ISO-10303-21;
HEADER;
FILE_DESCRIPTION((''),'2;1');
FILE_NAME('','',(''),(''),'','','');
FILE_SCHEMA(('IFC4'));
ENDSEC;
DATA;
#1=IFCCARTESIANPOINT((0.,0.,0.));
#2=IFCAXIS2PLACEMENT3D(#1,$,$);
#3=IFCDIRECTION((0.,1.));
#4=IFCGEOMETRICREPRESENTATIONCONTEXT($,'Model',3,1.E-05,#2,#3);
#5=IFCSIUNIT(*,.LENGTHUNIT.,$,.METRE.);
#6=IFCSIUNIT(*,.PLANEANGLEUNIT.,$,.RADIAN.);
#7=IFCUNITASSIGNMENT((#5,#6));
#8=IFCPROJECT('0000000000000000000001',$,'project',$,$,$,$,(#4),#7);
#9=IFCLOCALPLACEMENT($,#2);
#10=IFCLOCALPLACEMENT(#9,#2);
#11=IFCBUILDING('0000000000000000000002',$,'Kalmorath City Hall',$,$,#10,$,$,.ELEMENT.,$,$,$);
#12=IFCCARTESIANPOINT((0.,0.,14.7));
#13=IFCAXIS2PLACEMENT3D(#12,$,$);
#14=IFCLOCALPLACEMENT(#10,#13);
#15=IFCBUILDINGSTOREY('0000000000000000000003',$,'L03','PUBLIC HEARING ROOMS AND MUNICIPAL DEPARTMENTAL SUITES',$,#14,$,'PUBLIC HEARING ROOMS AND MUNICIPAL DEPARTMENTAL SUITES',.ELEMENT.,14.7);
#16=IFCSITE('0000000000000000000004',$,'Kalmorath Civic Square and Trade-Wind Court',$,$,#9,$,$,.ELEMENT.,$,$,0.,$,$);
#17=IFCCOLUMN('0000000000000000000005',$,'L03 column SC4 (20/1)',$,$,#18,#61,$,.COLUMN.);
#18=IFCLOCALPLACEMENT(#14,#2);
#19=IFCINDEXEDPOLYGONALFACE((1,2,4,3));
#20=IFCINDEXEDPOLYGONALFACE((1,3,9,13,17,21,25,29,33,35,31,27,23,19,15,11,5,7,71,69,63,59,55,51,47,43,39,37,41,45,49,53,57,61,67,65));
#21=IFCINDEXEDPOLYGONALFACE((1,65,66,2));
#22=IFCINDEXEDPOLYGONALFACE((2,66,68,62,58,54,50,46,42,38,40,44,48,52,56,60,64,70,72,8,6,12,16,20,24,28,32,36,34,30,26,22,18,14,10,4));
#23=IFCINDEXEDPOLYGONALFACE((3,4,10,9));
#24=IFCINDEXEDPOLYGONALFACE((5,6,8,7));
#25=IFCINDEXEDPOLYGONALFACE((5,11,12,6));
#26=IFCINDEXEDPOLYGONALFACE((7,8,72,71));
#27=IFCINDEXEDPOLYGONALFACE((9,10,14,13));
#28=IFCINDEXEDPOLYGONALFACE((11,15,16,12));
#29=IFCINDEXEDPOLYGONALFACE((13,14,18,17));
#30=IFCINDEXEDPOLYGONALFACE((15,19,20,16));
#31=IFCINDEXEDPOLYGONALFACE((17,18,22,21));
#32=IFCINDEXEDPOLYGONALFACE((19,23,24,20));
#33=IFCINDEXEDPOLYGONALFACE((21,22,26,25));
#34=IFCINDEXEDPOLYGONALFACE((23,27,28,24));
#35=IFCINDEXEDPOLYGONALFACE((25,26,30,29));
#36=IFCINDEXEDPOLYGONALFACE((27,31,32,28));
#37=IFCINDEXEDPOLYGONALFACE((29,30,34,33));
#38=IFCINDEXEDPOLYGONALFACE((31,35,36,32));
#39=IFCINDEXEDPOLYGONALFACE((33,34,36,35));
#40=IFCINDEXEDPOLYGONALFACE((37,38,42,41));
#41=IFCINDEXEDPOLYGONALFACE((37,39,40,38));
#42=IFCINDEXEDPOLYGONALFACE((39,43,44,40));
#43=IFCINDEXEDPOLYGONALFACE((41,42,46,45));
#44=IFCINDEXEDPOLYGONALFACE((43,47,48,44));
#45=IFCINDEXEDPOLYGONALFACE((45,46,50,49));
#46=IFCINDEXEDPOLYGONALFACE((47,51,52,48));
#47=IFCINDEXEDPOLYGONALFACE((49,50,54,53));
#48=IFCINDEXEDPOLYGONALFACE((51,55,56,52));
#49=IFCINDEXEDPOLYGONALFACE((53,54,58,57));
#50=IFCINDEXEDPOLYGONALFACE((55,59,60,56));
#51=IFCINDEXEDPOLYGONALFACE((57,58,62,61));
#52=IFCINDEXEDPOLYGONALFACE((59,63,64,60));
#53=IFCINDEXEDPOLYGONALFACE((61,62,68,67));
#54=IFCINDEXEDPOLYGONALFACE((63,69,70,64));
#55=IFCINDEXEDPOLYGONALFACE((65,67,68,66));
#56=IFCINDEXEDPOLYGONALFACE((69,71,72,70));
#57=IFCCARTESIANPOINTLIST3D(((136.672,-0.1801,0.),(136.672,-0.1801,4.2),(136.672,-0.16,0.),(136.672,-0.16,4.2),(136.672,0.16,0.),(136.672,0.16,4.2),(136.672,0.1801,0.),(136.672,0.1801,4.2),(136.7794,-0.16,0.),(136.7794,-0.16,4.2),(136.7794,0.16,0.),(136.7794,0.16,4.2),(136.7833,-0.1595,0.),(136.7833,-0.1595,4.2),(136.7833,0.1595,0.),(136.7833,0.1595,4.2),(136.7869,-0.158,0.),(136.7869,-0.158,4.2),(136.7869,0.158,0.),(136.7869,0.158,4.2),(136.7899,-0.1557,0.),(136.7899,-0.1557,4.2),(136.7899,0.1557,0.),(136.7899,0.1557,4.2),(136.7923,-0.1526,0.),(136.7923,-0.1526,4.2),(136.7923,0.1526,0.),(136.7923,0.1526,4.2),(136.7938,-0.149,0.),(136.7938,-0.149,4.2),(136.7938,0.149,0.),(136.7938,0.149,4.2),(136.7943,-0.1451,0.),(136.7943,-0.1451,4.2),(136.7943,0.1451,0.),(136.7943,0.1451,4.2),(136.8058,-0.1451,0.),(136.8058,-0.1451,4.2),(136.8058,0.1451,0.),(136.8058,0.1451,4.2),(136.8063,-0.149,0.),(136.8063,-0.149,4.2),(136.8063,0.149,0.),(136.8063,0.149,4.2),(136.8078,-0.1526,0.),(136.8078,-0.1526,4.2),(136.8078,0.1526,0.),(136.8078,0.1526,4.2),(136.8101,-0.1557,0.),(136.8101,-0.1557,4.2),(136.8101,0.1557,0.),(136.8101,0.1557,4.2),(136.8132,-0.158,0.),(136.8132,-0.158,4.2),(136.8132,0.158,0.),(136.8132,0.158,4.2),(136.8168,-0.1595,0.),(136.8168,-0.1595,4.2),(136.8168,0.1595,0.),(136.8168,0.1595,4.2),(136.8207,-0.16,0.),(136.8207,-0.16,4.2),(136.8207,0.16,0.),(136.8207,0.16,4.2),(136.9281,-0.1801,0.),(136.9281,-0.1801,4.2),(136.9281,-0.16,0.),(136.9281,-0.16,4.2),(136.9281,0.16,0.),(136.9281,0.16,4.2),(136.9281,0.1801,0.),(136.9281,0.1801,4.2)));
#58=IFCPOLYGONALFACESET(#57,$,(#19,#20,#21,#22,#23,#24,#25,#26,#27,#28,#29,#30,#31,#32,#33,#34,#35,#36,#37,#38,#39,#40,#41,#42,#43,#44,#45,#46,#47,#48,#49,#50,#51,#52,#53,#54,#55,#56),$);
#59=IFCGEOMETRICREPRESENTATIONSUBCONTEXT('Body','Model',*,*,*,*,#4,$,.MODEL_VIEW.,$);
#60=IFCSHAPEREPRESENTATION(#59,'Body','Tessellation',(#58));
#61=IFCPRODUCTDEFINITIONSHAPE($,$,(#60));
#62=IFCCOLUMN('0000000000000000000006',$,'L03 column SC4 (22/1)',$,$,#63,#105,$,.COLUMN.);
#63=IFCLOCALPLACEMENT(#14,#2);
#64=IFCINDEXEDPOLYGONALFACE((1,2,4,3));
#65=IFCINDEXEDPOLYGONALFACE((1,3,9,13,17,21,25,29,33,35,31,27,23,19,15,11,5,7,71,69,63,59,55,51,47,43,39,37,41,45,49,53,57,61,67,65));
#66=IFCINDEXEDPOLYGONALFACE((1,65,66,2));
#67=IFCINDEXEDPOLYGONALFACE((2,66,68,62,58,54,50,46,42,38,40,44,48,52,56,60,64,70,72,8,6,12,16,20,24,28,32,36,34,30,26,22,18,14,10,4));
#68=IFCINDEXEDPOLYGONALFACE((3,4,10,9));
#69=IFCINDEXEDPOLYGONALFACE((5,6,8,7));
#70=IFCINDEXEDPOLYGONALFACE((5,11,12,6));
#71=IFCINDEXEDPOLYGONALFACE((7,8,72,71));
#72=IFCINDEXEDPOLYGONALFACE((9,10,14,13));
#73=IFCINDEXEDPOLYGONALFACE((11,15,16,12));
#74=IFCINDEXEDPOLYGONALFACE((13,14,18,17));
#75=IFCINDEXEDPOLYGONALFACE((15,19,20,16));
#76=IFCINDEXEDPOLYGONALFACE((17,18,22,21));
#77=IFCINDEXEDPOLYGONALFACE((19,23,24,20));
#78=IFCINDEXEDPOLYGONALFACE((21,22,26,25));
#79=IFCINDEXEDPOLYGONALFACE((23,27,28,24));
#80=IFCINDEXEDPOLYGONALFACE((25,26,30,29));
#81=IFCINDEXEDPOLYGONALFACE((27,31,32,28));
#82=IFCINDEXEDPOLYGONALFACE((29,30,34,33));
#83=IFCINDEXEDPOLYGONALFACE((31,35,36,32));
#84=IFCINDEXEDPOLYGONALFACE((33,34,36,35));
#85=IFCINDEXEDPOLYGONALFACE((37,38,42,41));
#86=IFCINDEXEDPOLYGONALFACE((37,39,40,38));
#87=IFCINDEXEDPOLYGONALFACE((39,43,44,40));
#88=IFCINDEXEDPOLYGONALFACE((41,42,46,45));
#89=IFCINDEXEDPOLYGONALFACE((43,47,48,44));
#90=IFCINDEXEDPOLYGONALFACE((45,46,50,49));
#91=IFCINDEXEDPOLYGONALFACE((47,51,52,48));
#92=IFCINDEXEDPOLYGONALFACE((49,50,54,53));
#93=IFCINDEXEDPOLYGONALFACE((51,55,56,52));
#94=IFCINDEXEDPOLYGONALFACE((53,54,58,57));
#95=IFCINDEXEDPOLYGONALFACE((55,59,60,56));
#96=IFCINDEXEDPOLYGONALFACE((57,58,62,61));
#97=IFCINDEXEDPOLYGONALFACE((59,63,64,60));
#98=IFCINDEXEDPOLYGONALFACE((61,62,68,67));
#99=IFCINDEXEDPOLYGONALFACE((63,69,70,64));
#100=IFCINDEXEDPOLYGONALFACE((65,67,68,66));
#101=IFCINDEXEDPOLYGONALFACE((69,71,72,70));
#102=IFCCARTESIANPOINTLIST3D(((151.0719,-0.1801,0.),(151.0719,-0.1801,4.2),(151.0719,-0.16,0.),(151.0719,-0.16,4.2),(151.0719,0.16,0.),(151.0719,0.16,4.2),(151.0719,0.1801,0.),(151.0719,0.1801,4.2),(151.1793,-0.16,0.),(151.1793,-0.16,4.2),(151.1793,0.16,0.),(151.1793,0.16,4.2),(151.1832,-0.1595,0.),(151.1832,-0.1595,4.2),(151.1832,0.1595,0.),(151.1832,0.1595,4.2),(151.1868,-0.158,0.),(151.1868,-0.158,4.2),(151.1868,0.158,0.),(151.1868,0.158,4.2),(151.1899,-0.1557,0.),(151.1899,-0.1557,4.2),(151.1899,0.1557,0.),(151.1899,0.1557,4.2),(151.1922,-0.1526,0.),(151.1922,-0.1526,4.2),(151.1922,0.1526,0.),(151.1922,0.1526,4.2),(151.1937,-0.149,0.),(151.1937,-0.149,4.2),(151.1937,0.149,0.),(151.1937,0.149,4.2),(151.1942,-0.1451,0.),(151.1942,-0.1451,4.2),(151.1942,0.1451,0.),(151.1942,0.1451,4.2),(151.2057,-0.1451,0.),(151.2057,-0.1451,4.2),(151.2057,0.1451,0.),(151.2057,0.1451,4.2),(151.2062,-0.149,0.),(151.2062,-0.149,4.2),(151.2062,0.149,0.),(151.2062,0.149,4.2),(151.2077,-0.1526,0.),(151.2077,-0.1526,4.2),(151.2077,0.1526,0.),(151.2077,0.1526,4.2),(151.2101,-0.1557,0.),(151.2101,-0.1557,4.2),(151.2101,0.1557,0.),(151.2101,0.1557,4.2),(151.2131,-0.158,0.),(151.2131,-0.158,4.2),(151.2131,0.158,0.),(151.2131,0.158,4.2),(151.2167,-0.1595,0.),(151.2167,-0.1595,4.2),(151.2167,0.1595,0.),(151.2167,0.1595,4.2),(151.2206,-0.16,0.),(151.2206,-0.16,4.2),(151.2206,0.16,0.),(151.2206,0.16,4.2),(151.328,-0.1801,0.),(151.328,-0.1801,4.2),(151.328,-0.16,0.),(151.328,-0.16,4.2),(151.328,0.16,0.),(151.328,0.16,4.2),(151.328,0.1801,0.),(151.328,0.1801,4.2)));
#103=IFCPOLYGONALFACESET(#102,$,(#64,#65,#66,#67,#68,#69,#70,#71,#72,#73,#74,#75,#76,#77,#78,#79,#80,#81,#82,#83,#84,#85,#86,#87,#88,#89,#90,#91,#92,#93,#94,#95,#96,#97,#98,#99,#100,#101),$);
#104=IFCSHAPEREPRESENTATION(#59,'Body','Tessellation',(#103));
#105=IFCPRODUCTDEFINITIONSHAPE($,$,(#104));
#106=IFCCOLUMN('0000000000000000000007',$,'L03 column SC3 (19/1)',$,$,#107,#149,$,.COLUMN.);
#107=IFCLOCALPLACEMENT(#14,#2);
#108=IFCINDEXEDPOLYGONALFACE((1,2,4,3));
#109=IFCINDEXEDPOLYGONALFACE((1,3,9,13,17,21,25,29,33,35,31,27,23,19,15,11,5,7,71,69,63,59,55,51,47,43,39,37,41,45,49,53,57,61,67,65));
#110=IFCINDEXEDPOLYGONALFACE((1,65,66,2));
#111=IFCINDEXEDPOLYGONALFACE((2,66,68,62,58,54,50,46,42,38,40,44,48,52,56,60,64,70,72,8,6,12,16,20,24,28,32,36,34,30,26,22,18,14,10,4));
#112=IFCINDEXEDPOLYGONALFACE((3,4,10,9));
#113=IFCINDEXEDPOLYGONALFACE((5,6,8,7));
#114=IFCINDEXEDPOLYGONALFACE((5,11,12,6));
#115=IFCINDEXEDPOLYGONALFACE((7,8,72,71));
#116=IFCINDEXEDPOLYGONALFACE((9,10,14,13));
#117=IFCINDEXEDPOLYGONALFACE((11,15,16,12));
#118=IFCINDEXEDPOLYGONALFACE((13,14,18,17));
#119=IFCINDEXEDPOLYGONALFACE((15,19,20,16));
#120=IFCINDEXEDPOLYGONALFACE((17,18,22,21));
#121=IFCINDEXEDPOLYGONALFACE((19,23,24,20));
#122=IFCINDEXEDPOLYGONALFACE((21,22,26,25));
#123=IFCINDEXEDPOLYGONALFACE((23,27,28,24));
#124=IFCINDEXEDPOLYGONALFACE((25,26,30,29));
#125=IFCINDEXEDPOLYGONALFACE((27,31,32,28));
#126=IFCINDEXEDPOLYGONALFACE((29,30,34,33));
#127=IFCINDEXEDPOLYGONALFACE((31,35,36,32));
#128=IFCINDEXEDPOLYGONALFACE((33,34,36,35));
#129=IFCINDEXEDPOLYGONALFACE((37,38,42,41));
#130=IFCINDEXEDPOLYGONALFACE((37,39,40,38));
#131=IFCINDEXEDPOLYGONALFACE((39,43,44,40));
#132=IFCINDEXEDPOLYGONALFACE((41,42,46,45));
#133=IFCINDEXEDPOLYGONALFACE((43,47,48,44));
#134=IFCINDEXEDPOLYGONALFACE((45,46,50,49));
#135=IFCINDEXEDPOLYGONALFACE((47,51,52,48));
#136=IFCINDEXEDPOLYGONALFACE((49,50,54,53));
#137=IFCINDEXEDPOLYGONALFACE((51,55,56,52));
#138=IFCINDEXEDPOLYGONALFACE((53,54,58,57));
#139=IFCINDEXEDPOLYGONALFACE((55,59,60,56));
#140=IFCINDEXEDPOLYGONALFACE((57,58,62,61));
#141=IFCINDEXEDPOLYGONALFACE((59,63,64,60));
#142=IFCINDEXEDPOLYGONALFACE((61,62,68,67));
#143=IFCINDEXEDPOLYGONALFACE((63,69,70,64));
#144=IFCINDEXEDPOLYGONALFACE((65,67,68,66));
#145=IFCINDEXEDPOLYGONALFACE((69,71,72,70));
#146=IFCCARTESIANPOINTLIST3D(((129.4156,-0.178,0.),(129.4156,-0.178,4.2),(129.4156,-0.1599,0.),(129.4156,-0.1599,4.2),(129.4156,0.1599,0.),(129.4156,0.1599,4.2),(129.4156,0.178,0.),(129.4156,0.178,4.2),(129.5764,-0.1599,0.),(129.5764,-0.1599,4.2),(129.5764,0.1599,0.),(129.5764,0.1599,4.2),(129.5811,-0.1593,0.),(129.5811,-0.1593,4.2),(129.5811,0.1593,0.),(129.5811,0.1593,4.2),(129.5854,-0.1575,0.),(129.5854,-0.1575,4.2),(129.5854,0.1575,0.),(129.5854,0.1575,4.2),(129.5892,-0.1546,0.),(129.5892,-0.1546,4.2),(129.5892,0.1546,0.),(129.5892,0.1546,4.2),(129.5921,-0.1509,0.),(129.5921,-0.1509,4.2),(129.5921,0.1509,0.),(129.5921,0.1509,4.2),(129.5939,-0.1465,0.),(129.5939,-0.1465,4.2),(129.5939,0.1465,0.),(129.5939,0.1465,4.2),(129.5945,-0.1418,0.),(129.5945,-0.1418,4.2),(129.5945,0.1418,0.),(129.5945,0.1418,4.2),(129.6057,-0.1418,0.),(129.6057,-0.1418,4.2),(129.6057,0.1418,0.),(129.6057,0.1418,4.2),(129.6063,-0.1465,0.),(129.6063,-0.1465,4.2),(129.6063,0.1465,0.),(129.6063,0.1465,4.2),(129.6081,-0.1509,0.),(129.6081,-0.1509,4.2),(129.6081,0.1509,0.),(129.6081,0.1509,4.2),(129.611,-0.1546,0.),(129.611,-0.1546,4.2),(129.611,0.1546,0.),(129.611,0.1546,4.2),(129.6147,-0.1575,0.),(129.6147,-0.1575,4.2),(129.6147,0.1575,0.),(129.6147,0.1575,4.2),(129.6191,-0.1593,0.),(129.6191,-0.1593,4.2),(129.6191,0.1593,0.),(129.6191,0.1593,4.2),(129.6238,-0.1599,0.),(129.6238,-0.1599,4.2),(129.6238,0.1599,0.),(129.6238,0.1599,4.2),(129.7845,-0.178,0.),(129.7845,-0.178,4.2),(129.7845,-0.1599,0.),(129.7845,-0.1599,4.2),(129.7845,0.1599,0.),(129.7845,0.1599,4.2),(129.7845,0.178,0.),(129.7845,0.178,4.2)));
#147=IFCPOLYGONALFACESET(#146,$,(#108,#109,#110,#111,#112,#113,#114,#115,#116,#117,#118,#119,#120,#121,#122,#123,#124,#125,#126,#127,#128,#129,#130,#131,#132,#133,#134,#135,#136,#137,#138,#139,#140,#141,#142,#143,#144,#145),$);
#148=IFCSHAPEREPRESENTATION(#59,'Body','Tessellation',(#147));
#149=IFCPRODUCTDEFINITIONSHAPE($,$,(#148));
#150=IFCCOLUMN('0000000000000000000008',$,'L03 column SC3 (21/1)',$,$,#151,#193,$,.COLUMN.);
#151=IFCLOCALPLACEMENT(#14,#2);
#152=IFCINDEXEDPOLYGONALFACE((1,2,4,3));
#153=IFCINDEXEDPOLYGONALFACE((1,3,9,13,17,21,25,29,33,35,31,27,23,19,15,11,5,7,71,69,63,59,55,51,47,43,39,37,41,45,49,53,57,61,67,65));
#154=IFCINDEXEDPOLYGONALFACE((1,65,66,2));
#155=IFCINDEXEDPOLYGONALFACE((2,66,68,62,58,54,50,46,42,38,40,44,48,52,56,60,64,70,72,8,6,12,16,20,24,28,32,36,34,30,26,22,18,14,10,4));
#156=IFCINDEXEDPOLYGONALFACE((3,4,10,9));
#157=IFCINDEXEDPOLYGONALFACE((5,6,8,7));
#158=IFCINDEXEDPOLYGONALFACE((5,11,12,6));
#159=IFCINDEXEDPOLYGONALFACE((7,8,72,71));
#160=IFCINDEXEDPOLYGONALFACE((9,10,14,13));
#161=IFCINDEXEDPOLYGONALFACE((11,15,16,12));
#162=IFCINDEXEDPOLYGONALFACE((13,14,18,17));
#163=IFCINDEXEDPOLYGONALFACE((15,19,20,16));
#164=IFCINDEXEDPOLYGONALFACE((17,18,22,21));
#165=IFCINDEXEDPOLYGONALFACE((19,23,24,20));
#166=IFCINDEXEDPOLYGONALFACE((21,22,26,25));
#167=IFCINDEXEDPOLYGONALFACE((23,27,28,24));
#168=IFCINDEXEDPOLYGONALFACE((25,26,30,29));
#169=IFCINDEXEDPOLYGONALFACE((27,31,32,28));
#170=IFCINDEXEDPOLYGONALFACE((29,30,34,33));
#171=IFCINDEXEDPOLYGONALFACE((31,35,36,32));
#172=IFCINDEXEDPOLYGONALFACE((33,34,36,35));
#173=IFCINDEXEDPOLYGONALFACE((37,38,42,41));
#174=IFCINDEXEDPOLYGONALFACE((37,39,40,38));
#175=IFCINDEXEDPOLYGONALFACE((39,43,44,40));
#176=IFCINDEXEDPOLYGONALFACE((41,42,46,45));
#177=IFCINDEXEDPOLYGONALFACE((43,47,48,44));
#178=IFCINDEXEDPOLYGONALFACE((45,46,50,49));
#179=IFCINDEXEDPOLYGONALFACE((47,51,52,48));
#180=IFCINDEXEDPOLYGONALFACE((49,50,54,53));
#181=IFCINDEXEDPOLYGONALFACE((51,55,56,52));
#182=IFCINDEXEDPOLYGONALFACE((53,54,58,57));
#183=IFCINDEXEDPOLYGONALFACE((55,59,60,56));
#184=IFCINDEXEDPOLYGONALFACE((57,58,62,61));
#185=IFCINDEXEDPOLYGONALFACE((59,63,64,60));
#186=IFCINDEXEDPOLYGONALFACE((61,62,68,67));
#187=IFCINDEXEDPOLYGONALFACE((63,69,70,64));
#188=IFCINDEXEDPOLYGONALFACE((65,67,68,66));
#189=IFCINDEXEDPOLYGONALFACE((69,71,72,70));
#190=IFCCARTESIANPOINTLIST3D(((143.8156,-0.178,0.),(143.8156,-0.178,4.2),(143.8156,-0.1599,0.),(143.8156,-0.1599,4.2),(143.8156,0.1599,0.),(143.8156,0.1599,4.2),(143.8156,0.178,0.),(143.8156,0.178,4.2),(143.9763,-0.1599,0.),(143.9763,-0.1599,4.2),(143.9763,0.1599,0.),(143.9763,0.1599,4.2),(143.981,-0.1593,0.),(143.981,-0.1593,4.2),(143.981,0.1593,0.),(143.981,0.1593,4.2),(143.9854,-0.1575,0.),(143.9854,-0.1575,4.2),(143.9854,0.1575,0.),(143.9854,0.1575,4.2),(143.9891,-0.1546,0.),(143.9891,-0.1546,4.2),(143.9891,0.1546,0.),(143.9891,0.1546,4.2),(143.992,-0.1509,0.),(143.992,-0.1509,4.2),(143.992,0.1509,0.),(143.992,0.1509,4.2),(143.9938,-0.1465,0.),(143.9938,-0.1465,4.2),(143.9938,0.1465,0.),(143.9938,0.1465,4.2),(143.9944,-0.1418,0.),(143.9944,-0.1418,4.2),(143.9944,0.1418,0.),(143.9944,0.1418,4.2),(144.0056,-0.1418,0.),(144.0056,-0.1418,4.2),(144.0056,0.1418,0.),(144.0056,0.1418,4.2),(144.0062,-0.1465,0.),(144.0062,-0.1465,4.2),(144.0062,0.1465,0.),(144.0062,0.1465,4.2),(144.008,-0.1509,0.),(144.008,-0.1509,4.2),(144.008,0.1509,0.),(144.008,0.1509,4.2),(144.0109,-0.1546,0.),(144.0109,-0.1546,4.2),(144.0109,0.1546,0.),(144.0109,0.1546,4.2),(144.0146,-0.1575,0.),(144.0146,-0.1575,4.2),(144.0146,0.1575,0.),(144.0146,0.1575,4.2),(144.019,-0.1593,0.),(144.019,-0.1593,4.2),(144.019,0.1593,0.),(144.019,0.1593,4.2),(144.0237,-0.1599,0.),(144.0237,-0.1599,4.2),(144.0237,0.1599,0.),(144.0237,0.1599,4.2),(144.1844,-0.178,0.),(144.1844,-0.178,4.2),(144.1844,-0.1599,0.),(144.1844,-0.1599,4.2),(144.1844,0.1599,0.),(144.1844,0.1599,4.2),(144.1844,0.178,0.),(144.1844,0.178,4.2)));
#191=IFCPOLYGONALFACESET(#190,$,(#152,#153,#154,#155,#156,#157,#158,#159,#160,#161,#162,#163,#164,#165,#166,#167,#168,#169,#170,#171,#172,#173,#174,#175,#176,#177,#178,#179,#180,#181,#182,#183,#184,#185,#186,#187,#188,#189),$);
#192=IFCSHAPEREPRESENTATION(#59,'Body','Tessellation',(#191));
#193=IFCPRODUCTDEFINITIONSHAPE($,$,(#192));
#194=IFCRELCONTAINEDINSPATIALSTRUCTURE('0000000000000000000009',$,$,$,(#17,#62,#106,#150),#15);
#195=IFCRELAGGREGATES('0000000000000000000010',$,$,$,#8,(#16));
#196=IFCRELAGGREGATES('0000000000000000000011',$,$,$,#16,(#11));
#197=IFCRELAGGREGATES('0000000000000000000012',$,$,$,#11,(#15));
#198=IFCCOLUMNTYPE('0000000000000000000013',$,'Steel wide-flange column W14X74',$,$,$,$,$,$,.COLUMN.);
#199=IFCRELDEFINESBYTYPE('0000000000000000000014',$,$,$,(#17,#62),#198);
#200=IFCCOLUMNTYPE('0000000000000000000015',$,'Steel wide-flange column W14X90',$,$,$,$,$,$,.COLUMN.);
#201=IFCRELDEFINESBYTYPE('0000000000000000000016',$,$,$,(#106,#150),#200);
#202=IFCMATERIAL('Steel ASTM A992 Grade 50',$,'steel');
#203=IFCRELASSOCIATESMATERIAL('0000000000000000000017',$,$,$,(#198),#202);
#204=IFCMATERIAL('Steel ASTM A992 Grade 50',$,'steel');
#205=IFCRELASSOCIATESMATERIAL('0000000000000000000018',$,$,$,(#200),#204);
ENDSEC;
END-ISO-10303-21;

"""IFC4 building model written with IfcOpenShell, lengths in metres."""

from ifc_helpers import new_model, si_unit, direction, frame, origin, origin_2d, place, context, subcontext, project, spatial, i_section, extrude, material, material_profile, profile_set, type_object, element, save


model = new_model("IFC4")

# Units and contexts
model_context = context("Model", 3, precision=1e-05, world=origin(), true_north=direction((0.0, 1.0)))
body_context = subcontext(model_context, "Body", "Model", "MODEL_VIEW")
ifc_project = project(units=[si_unit("LENGTHUNIT", "METRE"), si_unit("PLANEANGLEUNIT", "RADIAN")], contexts=[model_context])

# Site, building, storey
site_placement = place(None, origin())
site = spatial("IfcSite", under=ifc_project, at=site_placement, Name="Kalmorath Civic Square and Trade-Wind Court", CompositionType="ELEMENT", RefElevation=0.0)
building_placement = place(site_placement, origin())
building = spatial("IfcBuilding", under=site, at=building_placement, Name="Kalmorath City Hall", CompositionType="ELEMENT")
storey_placement = place(building_placement, frame((0.0, 0.0, 14.7)))
storey = spatial("IfcBuildingStorey", under=building, at=storey_placement, Name="L03", Description="PUBLIC HEARING ROOMS AND MUNICIPAL DEPARTMENTAL SUITES", LongName="PUBLIC HEARING ROOMS AND MUNICIPAL DEPARTMENTAL SUITES", CompositionType="ELEMENT", Elevation=14.7)

# Columns
ifc_material_1 = material(Name="Steel ASTM A992 Grade 50", Category="steel")
ifc_material_profile_1 = material_profile(ifc_material_1, i_section(OverallWidth=0.2561, OverallDepth=0.3601, WebThickness=0.0115, FlangeThickness=0.02, FilletRadius=0.0149, at=origin_2d()), Name="W14X74")
ifc_profile_set_1 = profile_set([ifc_material_profile_1], Name="Steel ASTM A992 Grade 50")
column_type_1 = type_object("IfcColumnType", Name="Steel wide-flange column W14X74", PredefinedType="COLUMN", material=ifc_profile_set_1)
for number, where, z_axis, x_axis, name in (
    (1, (136.8, 0.0, 0.0), (0.0, 0.0, 1.0), (1.0, 0.0, 0.0), "L03 column SC4 (20/1)"),
    (2, (151.2, 0.0, 0.0), (0.0, 0.0, 1.0), (1.0, 0.0, 0.0), "L03 column SC4 (22/1)"),
):
    element("IfcColumn", number, at=place(storey_placement, frame(where, z_axis=z_axis, x_axis=x_axis)), inside=storey, type_object=column_type_1, Name=name, PredefinedType="COLUMN", context=body_context, shape_type="SweptSolid", body=[
        extrude(i_section(OverallWidth=0.2561, OverallDepth=0.3601, WebThickness=0.0115, FlangeThickness=0.02, FilletRadius=0.0149, at=origin_2d()), origin(), (0.0, 0.0, 1.0), 4.2),
    ])
ifc_material_2 = material(Name="Steel ASTM A992 Grade 50", Category="steel")
ifc_material_profile_2 = material_profile(ifc_material_2, i_section(OverallWidth=0.3689, OverallDepth=0.356, WebThickness=0.0112, FlangeThickness=0.0181, FilletRadius=0.0181, at=origin_2d()), Name="W14X90")
ifc_profile_set_2 = profile_set([ifc_material_profile_2], Name="Steel ASTM A992 Grade 50")
column_type_2 = type_object("IfcColumnType", Name="Steel wide-flange column W14X90", PredefinedType="COLUMN", material=ifc_profile_set_2)
for number, where, z_axis, x_axis, name in (
    (3, (129.6001, 0.0, 0.0), (0.0, 0.0, 1.0), (1.0, 0.0, 0.0), "L03 column SC3 (19/1)"),
    (4, (144.0, 0.0, 0.0), (0.0, 0.0, 1.0), (1.0, 0.0, 0.0), "L03 column SC3 (21/1)"),
):
    element("IfcColumn", number, at=place(storey_placement, frame(where, z_axis=z_axis, x_axis=x_axis)), inside=storey, type_object=column_type_2, Name=name, PredefinedType="COLUMN", context=body_context, shape_type="SweptSolid", body=[
        extrude(i_section(OverallWidth=0.3689, OverallDepth=0.356, WebThickness=0.0112, FlangeThickness=0.0181, FilletRadius=0.0181, at=origin_2d()), origin(), (0.0, 0.0, 1.0), 4.2),
    ])

save(model, "model.ifc")
